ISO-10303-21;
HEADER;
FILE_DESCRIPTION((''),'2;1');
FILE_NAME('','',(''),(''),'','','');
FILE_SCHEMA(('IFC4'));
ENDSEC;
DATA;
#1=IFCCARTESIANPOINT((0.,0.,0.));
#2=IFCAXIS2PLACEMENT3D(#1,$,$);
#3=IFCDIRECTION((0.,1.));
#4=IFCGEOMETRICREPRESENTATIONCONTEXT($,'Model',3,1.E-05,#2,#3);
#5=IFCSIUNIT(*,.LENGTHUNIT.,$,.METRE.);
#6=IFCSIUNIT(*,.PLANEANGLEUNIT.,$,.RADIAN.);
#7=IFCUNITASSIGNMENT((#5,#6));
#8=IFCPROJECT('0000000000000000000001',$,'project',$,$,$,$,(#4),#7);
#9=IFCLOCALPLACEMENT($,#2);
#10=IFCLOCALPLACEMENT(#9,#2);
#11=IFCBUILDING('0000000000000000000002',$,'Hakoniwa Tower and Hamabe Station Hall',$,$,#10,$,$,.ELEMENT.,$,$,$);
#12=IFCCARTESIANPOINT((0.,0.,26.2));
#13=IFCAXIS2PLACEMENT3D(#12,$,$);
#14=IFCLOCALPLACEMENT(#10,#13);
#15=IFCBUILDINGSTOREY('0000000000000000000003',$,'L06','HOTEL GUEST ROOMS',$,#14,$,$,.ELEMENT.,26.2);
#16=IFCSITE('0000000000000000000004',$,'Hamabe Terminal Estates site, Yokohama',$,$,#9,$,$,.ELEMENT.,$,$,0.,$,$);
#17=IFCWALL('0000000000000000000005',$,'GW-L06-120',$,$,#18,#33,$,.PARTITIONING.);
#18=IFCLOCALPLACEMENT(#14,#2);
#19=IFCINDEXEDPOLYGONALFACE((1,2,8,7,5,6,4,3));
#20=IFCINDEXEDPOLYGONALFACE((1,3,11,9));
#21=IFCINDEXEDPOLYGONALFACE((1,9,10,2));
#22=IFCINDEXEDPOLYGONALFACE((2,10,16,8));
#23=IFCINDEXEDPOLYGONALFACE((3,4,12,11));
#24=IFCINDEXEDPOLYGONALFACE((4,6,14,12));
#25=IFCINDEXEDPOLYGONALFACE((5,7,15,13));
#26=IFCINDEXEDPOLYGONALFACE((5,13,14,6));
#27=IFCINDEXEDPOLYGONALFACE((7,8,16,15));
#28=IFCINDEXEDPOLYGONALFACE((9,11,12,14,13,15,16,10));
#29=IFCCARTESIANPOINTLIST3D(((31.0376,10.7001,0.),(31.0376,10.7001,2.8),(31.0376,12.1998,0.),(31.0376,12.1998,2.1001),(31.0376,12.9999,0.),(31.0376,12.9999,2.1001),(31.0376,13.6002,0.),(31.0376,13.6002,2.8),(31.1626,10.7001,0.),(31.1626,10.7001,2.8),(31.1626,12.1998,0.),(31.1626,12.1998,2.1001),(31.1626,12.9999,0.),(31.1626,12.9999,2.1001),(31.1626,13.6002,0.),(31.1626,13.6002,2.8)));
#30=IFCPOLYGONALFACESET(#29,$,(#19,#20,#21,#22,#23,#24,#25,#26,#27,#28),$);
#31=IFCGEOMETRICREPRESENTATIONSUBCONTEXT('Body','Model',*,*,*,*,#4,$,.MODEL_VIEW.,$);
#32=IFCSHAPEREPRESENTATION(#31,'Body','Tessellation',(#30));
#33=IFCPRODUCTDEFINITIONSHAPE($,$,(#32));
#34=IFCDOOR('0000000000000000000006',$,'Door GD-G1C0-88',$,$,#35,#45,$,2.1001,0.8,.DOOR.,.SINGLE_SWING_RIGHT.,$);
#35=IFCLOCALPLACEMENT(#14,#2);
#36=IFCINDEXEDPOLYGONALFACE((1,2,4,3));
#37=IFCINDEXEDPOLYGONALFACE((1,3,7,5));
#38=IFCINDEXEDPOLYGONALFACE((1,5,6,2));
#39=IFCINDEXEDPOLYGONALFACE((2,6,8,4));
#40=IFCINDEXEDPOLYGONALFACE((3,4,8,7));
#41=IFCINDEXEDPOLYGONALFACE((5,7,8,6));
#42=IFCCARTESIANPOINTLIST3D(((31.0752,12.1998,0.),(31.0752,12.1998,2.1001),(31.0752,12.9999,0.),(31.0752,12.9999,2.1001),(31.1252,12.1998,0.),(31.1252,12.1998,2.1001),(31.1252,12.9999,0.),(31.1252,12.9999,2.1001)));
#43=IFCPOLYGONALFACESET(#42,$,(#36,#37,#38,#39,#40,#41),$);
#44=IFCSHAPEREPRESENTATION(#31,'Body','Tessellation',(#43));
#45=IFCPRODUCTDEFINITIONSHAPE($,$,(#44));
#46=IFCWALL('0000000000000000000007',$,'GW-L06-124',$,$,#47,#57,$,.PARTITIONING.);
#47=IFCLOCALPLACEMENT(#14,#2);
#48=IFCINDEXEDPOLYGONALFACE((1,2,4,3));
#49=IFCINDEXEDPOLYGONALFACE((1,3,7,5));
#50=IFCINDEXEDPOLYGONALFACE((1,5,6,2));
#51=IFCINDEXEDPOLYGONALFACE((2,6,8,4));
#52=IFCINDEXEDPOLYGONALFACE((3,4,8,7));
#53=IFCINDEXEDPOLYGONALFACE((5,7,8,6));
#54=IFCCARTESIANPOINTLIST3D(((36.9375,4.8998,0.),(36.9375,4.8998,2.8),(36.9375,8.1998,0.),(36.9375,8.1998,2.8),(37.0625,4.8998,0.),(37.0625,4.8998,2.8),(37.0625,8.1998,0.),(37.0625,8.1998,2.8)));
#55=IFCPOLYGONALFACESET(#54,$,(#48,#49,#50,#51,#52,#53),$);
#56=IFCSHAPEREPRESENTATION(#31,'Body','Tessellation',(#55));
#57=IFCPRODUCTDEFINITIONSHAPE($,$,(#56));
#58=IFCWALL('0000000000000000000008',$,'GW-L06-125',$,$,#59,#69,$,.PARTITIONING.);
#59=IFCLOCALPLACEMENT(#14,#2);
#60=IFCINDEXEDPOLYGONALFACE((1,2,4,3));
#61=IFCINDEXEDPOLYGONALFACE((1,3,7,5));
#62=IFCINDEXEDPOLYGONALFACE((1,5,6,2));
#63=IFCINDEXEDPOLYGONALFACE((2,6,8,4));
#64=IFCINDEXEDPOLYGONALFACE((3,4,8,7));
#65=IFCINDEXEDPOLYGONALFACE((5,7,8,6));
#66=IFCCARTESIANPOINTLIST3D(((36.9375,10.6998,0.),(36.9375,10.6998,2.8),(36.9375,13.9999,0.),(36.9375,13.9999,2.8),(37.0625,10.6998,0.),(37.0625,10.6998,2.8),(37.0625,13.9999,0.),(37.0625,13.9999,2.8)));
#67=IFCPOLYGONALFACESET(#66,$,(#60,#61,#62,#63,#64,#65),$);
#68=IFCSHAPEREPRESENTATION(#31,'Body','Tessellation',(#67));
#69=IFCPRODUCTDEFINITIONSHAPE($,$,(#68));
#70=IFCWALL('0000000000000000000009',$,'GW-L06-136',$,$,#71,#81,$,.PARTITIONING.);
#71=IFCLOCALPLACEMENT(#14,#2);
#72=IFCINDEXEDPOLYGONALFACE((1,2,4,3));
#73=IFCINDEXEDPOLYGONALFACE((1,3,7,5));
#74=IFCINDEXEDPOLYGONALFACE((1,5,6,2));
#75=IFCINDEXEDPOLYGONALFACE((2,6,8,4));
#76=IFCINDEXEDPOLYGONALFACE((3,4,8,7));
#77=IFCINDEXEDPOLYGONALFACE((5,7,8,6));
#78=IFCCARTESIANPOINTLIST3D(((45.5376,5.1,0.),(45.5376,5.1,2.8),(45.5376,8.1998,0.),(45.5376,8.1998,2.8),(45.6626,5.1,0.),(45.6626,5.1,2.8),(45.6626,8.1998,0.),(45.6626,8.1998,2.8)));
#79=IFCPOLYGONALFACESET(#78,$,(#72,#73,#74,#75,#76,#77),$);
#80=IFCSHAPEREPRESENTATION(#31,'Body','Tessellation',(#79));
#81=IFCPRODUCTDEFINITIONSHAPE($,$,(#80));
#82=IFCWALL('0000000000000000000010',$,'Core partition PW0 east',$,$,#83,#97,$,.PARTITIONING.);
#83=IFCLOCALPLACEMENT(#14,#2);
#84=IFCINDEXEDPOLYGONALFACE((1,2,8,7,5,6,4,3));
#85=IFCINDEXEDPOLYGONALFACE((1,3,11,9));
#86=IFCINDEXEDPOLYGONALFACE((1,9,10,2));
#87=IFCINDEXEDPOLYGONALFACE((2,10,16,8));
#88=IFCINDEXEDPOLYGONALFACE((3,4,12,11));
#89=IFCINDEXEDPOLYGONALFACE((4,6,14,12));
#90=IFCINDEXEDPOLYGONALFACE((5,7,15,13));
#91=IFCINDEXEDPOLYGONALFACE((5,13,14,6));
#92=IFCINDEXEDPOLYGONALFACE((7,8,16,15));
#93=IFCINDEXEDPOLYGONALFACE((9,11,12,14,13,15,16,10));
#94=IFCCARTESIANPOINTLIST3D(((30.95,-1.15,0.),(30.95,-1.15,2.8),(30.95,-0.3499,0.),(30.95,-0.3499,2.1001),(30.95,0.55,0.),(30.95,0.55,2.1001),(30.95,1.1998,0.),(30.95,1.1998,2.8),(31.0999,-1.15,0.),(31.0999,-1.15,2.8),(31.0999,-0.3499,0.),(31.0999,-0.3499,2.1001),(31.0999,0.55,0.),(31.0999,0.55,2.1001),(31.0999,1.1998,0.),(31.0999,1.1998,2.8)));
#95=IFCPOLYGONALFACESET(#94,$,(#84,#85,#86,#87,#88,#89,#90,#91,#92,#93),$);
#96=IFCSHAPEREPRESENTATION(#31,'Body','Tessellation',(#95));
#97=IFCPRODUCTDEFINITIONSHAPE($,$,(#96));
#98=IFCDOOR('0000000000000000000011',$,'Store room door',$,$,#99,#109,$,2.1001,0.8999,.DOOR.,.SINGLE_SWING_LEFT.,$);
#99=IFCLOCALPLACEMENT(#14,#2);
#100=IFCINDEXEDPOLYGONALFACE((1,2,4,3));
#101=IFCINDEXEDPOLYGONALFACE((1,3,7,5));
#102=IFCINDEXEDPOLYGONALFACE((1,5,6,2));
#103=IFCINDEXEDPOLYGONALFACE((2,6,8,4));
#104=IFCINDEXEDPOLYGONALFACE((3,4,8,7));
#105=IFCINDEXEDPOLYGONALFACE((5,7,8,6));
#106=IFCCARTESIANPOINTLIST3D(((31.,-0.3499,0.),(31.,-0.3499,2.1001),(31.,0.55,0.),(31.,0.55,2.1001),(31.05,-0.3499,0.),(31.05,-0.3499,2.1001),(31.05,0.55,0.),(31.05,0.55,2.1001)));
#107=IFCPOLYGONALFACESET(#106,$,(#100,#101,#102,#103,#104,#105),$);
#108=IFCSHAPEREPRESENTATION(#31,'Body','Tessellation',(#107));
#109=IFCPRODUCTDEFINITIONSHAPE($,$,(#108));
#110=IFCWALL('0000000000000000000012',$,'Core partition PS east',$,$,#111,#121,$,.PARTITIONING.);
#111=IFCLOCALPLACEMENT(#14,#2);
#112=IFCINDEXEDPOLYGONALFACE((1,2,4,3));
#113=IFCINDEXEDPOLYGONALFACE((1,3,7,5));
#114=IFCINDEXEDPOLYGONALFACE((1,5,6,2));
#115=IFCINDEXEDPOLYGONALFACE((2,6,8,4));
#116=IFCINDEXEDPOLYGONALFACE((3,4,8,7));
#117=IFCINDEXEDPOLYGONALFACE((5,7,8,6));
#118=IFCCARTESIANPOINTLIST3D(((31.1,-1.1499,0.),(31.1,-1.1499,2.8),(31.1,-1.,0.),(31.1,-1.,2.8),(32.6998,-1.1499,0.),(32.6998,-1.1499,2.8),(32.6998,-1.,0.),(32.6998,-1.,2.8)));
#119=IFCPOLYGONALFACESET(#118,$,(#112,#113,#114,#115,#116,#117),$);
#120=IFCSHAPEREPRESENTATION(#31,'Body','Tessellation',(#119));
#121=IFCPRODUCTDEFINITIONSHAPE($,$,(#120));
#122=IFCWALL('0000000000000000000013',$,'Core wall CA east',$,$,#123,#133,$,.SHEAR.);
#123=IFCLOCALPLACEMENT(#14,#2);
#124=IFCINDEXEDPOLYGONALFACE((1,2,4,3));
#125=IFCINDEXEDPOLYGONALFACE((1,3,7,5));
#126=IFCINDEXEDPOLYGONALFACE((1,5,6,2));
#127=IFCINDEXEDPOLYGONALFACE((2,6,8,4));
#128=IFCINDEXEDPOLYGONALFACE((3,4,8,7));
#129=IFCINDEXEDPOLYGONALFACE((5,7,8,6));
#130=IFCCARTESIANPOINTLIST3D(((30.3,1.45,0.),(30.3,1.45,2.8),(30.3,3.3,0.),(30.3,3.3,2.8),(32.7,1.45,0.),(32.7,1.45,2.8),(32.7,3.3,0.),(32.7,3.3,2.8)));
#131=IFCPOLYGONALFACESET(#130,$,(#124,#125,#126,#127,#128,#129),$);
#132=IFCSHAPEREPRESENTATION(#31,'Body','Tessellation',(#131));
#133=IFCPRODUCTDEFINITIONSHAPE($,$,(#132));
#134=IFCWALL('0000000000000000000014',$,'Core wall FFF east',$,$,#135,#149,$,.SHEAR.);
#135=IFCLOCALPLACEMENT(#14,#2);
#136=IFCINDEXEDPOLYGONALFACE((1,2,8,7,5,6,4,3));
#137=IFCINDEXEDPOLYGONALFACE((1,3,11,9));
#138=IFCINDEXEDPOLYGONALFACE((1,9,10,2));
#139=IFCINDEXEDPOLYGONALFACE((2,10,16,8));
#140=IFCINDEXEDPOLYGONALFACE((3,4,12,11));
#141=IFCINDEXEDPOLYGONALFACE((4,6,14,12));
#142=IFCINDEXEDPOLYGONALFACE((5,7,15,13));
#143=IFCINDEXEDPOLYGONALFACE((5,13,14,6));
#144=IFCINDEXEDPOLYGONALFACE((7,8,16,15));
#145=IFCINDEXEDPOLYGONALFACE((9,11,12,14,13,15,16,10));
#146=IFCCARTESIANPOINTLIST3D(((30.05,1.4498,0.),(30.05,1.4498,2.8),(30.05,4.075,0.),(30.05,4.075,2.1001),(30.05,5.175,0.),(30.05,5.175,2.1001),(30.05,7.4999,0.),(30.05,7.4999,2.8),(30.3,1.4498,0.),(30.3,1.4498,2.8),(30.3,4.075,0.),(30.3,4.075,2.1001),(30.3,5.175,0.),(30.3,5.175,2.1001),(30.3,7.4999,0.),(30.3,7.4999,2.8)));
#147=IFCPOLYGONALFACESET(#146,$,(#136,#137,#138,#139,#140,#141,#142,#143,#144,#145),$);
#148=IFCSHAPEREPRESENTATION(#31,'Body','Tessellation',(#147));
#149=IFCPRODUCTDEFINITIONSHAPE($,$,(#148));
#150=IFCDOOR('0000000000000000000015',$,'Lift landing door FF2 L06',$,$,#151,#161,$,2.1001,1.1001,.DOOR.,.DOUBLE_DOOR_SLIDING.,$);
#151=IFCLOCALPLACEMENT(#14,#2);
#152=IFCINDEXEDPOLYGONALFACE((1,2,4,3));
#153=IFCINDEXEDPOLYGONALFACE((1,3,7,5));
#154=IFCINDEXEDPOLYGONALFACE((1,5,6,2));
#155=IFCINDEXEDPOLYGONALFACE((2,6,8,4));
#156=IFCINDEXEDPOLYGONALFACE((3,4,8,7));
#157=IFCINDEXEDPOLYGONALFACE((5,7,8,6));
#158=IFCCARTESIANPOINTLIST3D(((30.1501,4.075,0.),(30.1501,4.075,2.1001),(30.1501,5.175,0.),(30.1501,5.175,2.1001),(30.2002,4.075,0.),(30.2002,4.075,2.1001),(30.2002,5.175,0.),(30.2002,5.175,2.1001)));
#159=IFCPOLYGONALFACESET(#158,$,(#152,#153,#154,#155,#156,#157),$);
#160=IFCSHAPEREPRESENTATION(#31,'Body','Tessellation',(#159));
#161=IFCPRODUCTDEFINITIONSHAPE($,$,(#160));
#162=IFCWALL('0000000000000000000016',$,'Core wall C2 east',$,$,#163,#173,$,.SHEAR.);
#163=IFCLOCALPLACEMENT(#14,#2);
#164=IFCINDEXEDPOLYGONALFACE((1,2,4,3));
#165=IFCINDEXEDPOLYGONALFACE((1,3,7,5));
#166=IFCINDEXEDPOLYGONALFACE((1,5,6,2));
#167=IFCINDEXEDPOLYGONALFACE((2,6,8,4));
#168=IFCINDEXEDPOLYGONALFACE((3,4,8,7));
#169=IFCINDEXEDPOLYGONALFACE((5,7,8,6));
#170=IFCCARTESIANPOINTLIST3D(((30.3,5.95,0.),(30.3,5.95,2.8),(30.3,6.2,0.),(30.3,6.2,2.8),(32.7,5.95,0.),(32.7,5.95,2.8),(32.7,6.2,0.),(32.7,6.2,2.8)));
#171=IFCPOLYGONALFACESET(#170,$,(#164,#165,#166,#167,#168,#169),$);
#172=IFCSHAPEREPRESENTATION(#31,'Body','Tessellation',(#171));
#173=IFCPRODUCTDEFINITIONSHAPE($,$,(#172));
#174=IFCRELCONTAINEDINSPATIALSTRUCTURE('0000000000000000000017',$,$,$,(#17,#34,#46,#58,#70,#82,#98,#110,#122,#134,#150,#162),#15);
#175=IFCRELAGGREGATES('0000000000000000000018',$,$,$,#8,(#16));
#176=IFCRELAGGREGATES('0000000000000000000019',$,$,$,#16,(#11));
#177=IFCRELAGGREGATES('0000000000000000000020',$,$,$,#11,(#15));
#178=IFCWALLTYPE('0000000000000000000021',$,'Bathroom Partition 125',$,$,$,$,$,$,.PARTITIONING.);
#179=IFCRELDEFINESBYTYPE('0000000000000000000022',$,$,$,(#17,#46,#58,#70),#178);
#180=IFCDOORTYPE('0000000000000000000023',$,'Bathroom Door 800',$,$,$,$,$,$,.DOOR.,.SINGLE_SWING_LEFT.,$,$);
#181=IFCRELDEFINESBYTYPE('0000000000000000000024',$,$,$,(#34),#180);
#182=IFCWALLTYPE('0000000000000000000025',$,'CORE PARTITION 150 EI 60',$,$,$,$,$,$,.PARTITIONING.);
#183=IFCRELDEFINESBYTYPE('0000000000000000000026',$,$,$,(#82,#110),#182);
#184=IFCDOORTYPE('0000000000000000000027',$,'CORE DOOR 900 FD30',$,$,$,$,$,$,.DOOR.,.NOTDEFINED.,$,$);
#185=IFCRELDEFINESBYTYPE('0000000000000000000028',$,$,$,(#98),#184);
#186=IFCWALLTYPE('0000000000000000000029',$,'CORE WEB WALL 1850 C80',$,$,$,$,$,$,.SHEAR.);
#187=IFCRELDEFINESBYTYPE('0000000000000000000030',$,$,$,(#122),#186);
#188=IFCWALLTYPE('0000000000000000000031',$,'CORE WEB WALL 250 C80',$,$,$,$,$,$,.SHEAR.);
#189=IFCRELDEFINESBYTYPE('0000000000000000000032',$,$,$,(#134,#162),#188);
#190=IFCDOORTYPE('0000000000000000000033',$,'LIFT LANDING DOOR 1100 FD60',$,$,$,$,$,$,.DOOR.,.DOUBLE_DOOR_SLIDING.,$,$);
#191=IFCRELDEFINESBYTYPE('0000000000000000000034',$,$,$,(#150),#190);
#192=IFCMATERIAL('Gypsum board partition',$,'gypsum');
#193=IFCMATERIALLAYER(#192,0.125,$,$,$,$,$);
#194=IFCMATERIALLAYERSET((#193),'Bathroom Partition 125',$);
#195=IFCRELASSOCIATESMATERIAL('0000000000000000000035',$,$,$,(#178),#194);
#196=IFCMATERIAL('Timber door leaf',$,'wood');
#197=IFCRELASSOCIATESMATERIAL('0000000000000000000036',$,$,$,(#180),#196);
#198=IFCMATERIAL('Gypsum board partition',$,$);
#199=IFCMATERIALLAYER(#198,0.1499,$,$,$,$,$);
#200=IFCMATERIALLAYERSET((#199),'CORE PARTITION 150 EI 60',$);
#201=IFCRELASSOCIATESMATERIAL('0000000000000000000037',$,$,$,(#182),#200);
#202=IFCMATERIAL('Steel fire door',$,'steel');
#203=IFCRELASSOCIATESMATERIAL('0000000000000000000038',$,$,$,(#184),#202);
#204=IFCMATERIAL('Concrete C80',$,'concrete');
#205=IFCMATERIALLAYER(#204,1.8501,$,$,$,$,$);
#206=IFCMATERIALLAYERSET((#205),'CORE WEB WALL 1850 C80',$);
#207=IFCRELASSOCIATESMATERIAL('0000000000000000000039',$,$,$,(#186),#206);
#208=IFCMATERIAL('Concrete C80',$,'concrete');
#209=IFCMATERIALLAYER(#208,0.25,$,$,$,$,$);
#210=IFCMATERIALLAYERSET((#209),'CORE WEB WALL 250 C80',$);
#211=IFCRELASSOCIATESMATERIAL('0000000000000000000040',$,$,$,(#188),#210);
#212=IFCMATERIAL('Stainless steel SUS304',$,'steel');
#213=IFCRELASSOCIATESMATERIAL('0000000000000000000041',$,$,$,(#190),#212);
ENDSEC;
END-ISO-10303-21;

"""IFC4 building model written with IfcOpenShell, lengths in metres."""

from ifc_helpers import new_model, si_unit, direction, frame, frame_2d, origin, place, context, subcontext, project, spatial, rectangle, extrude, material, layer, layer_set, type_object, element, fill, save


model = new_model("IFC4")

# Units and contexts
model_context = context("Model", 3, precision=1e-05, world=origin(), true_north=direction((0.0, 1.0)))
body_context = subcontext(model_context, "Body", "Model", "MODEL_VIEW")
ifc_project = project(units=[si_unit("LENGTHUNIT", "METRE"), si_unit("PLANEANGLEUNIT", "RADIAN")], contexts=[model_context])

# Site, building, storey
site_placement = place(None, origin())
site = spatial("IfcSite", under=ifc_project, at=site_placement, Name="Hamabe Terminal Estates site, Yokohama", CompositionType="ELEMENT", RefElevation=0.0)
building_placement = place(site_placement, origin())
building = spatial("IfcBuilding", under=site, at=building_placement, Name="Hakoniwa Tower and Hamabe Station Hall", CompositionType="ELEMENT")
storey_placement = place(building_placement, frame((0.0, 0.0, 26.2)))
storey = spatial("IfcBuildingStorey", under=building, at=storey_placement, Name="L06", Description="HOTEL GUEST ROOMS", CompositionType="ELEMENT", Elevation=26.2)

# Wall, opening, door
ifc_material_1 = material(Name="Gypsum board partition", Category="gypsum")
ifc_layer_1 = layer(ifc_material_1, 0.125)
ifc_layer_set_1 = layer_set([ifc_layer_1], Name="Bathroom Partition 125")
wall_type_1 = type_object("IfcWallType", Name="Bathroom Partition 125", PredefinedType="PARTITIONING", material=ifc_layer_set_1)
ifc_material_2 = material(Name="Timber door leaf", Category="wood")
door_type_1 = type_object("IfcDoorType", Name="Bathroom Door 800", OperationType="SINGLE_SWING_LEFT", PredefinedType="DOOR", material=ifc_material_2)
wall_1_placement = place(storey_placement, frame((31.1001, 10.7, 0.0), z_axis=(0.0, 0.0, 1.0), x_axis=(0.0, 1.0, 0.0)))
wall_1 = element("IfcWall", 1, at=wall_1_placement, inside=storey, type_object=wall_type_1, Name="GW-L06-120", PredefinedType="PARTITIONING", context=body_context, shape_type="SweptSolid", body=[
    extrude(rectangle(XDim=2.9001, YDim=0.125, at=frame_2d((1.4502, 0.0))), origin(), (0.0, 0.0, 1.0), 2.8),
])
opening_1_placement = place(wall_1_placement, frame((1.5, 0.0, 0.0)))
opening_1 = element("IfcOpeningElement", 2, at=opening_1_placement, cuts=wall_1, PredefinedType="OPENING", context=body_context, shape_type="SweptSolid", body=[
    extrude(rectangle(XDim=0.8, YDim=2.1001, at=frame_2d((0.3999, 1.05))), frame((0.0, 0.0725, 0.0), z_axis=(0.0, -1.0, 0.0), x_axis=(1.0, 0.0, 0.0)), (0.0, 0.0, 1.0), 0.145),
])
door_1_placement = place(opening_1_placement, origin())
door_1 = element("IfcDoor", 3, at=door_1_placement, inside=storey, type_object=door_type_1, Name="Door GD-G1C0-88", OperationType="SINGLE_SWING_RIGHT", OverallHeight=2.1001, OverallWidth=0.8, PredefinedType="DOOR", context=body_context, shape_type="SweptSolid", body=[
    extrude(rectangle(XDim=0.8, YDim=2.1001, at=frame_2d((0.3999, 1.05))), frame((0.0, 0.0249, 0.0), z_axis=(0.0, -1.0, 0.0), x_axis=(1.0, 0.0, 0.0)), (0.0, 0.0, 1.0), 0.05),
])
fill(opening_1, door_1)

# Walls
for number, where, z_axis, x_axis, name in (
    (4, (37.0, 4.8999, 0.0), (0.0, 0.0, 1.0), (0.0, 1.0, 0.0), "GW-L06-124"),
    (5, (37.0, 10.7, 0.0), (0.0, 0.0, 1.0), (0.0, 1.0, 0.0), "GW-L06-125"),
):
    element("IfcWall", number, at=place(storey_placement, frame(where, z_axis=z_axis, x_axis=x_axis)), inside=storey, type_object=wall_type_1, Name=name, PredefinedType="PARTITIONING", context=body_context, shape_type="SweptSolid", body=[
        extrude(rectangle(XDim=3.3, YDim=0.125, at=frame_2d((1.6499, 0.0))), origin(), (0.0, 0.0, 1.0), 2.8),
    ])
wall_2_placement = place(storey_placement, frame((45.6001, 5.1001, 0.0), z_axis=(0.0, 0.0, 1.0), x_axis=(0.0, 1.0, 0.0)))
element("IfcWall", 6, at=wall_2_placement, inside=storey, type_object=wall_type_1, Name="GW-L06-136", PredefinedType="PARTITIONING", context=body_context, shape_type="SweptSolid", body=[
    extrude(rectangle(XDim=3.0999, YDim=0.125, at=frame_2d((1.5498, 0.0))), origin(), (0.0, 0.0, 1.0), 2.8),
])

# Wall, opening, door
ifc_material_3 = material(Name="Gypsum board partition")
ifc_layer_2 = layer(ifc_material_3, 0.1499)
ifc_layer_set_2 = layer_set([ifc_layer_2], Name="CORE PARTITION 150 EI 60")
wall_type_2 = type_object("IfcWallType", Name="CORE PARTITION 150 EI 60", PredefinedType="PARTITIONING", material=ifc_layer_set_2)
wall_3_placement = place(storey_placement, frame((31.0249, -1.1499, 0.0), z_axis=(0.0, 0.0, 1.0), x_axis=(0.0, 1.0, 0.0)))
wall_3 = element("IfcWall", 7, at=wall_3_placement, inside=storey, type_object=wall_type_2, Name="Core partition PW0 east", PredefinedType="PARTITIONING", context=body_context, shape_type="SweptSolid", body=[
    extrude(rectangle(XDim=2.3499, YDim=0.1499, at=frame_2d((1.1748, 0.0))), origin(), (0.0, 0.0, 1.0), 2.8),
])
opening_2_placement = place(wall_3_placement, frame((0.8, 0.0, 0.0)))
opening_2 = element("IfcOpeningElement", 8, at=opening_2_placement, cuts=wall_3, PredefinedType="OPENING", context=body_context, shape_type="SweptSolid", body=[
    extrude(rectangle(XDim=0.8999, YDim=2.1001, at=frame_2d((0.45, 1.05))), frame((0.0, 0.085, 0.0), z_axis=(0.0, -1.0, 0.0), x_axis=(1.0, 0.0, 0.0)), (0.0, 0.0, 1.0), 0.1699),
])
ifc_material_4 = material(Name="Steel fire door", Category="steel")
door_type_2 = type_object("IfcDoorType", Name="CORE DOOR 900 FD30", OperationType="NOTDEFINED", PredefinedType="DOOR", material=ifc_material_4)
door_2_placement = place(opening_2_placement, origin())
door_2 = element("IfcDoor", 9, at=door_2_placement, inside=storey, type_object=door_type_2, Name="Store room door", OperationType="SINGLE_SWING_LEFT", OverallHeight=2.1001, OverallWidth=0.8999, PredefinedType="DOOR", context=body_context, shape_type="SweptSolid", body=[
    extrude(rectangle(XDim=0.8999, YDim=2.1001, at=frame_2d((0.45, 1.05))), frame((0.0, 0.0249, 0.0), z_axis=(0.0, -1.0, 0.0), x_axis=(1.0, 0.0, 0.0)), (0.0, 0.0, 1.0), 0.05),
])
fill(opening_2, door_2)

# Walls
wall_4_placement = place(storey_placement, frame((31.1001, -1.075, 0.0), z_axis=(0.0, 0.0, 1.0), x_axis=(1.0, 0.0, 0.0)))
element("IfcWall", 10, at=wall_4_placement, inside=storey, type_object=wall_type_2, Name="Core partition PS east", PredefinedType="PARTITIONING", context=body_context, shape_type="SweptSolid", body=[
    extrude(rectangle(XDim=1.5999, YDim=0.1499, at=frame_2d((0.7998, 0.0))), origin(), (0.0, 0.0, 1.0), 2.8),
])
ifc_material_5 = material(Name="Concrete C80", Category="concrete")
ifc_layer_3 = layer(ifc_material_5, 1.8501)
ifc_layer_set_3 = layer_set([ifc_layer_3], Name="CORE WEB WALL 1850 C80")
wall_type_3 = type_object("IfcWallType", Name="CORE WEB WALL 1850 C80", PredefinedType="SHEAR", material=ifc_layer_set_3)
wall_5_placement = place(storey_placement, frame((30.3, 2.375, 0.0), z_axis=(0.0, 0.0, 1.0), x_axis=(1.0, 0.0, 0.0)))
element("IfcWall", 11, at=wall_5_placement, inside=storey, type_object=wall_type_3, Name="Core wall CA east", PredefinedType="SHEAR", context=body_context, shape_type="SweptSolid", body=[
    extrude(rectangle(XDim=2.3999, YDim=1.8501, at=frame_2d((1.2, 0.0))), origin(), (0.0, 0.0, 1.0), 2.8),
])

# Wall, opening, door
ifc_material_6 = material(Name="Concrete C80", Category="concrete")
ifc_layer_4 = layer(ifc_material_6, 0.25)
ifc_layer_set_4 = layer_set([ifc_layer_4], Name="CORE WEB WALL 250 C80")
wall_type_4 = type_object("IfcWallType", Name="CORE WEB WALL 250 C80", PredefinedType="SHEAR", material=ifc_layer_set_4)
wall_6_placement = place(storey_placement, frame((30.175, 1.45, 0.0), z_axis=(0.0, 0.0, 1.0), x_axis=(0.0, 1.0, 0.0)))
wall_6 = element("IfcWall", 12, at=wall_6_placement, inside=storey, type_object=wall_type_4, Name="Core wall FFF east", PredefinedType="SHEAR", context=body_context, shape_type="SweptSolid", body=[
    extrude(rectangle(XDim=6.05, YDim=0.25, at=frame_2d((3.0249, 0.0))), origin(), (0.0, 0.0, 1.0), 2.8),
])
opening_3_placement = place(wall_6_placement, frame((2.625, 0.0, 0.0)))
opening_3 = element("IfcOpeningElement", 13, at=opening_3_placement, cuts=wall_6, PredefinedType="OPENING", context=body_context, shape_type="SweptSolid", body=[
    extrude(rectangle(XDim=1.1001, YDim=2.1001, at=frame_2d((0.55, 1.05))), frame((0.0, 0.135, 0.0), z_axis=(0.0, -1.0, 0.0), x_axis=(1.0, 0.0, 0.0)), (0.0, 0.0, 1.0), 0.27),
])
ifc_material_7 = material(Name="Stainless steel SUS304", Category="steel")
door_type_3 = type_object("IfcDoorType", Name="LIFT LANDING DOOR 1100 FD60", OperationType="DOUBLE_DOOR_SLIDING", PredefinedType="DOOR", material=ifc_material_7)
door_3_placement = place(opening_3_placement, origin())
door_3 = element("IfcDoor", 14, at=door_3_placement, inside=storey, type_object=door_type_3, Name="Lift landing door FF2 L06", OperationType="DOUBLE_DOOR_SLIDING", OverallHeight=2.1001, OverallWidth=1.1001, PredefinedType="DOOR", context=body_context, shape_type="SweptSolid", body=[
    extrude(rectangle(XDim=1.1001, YDim=2.1001, at=frame_2d((0.55, 1.05))), frame((0.0, 0.0249, 0.0), z_axis=(0.0, -1.0, 0.0), x_axis=(1.0, 0.0, 0.0)), (0.0, 0.0, 1.0), 0.05),
])
fill(opening_3, door_3)

# Wall
wall_7_placement = place(storey_placement, frame((30.3, 6.075, 0.0), z_axis=(0.0, 0.0, 1.0), x_axis=(1.0, 0.0, 0.0)))
element("IfcWall", 15, at=wall_7_placement, inside=storey, type_object=wall_type_4, Name="Core wall C2 east", PredefinedType="SHEAR", context=body_context, shape_type="SweptSolid", body=[
    extrude(rectangle(XDim=2.3999, YDim=0.25, at=frame_2d((1.2, 0.0))), origin(), (0.0, 0.0, 1.0), 2.8),
])

save(model, "model.ifc")
